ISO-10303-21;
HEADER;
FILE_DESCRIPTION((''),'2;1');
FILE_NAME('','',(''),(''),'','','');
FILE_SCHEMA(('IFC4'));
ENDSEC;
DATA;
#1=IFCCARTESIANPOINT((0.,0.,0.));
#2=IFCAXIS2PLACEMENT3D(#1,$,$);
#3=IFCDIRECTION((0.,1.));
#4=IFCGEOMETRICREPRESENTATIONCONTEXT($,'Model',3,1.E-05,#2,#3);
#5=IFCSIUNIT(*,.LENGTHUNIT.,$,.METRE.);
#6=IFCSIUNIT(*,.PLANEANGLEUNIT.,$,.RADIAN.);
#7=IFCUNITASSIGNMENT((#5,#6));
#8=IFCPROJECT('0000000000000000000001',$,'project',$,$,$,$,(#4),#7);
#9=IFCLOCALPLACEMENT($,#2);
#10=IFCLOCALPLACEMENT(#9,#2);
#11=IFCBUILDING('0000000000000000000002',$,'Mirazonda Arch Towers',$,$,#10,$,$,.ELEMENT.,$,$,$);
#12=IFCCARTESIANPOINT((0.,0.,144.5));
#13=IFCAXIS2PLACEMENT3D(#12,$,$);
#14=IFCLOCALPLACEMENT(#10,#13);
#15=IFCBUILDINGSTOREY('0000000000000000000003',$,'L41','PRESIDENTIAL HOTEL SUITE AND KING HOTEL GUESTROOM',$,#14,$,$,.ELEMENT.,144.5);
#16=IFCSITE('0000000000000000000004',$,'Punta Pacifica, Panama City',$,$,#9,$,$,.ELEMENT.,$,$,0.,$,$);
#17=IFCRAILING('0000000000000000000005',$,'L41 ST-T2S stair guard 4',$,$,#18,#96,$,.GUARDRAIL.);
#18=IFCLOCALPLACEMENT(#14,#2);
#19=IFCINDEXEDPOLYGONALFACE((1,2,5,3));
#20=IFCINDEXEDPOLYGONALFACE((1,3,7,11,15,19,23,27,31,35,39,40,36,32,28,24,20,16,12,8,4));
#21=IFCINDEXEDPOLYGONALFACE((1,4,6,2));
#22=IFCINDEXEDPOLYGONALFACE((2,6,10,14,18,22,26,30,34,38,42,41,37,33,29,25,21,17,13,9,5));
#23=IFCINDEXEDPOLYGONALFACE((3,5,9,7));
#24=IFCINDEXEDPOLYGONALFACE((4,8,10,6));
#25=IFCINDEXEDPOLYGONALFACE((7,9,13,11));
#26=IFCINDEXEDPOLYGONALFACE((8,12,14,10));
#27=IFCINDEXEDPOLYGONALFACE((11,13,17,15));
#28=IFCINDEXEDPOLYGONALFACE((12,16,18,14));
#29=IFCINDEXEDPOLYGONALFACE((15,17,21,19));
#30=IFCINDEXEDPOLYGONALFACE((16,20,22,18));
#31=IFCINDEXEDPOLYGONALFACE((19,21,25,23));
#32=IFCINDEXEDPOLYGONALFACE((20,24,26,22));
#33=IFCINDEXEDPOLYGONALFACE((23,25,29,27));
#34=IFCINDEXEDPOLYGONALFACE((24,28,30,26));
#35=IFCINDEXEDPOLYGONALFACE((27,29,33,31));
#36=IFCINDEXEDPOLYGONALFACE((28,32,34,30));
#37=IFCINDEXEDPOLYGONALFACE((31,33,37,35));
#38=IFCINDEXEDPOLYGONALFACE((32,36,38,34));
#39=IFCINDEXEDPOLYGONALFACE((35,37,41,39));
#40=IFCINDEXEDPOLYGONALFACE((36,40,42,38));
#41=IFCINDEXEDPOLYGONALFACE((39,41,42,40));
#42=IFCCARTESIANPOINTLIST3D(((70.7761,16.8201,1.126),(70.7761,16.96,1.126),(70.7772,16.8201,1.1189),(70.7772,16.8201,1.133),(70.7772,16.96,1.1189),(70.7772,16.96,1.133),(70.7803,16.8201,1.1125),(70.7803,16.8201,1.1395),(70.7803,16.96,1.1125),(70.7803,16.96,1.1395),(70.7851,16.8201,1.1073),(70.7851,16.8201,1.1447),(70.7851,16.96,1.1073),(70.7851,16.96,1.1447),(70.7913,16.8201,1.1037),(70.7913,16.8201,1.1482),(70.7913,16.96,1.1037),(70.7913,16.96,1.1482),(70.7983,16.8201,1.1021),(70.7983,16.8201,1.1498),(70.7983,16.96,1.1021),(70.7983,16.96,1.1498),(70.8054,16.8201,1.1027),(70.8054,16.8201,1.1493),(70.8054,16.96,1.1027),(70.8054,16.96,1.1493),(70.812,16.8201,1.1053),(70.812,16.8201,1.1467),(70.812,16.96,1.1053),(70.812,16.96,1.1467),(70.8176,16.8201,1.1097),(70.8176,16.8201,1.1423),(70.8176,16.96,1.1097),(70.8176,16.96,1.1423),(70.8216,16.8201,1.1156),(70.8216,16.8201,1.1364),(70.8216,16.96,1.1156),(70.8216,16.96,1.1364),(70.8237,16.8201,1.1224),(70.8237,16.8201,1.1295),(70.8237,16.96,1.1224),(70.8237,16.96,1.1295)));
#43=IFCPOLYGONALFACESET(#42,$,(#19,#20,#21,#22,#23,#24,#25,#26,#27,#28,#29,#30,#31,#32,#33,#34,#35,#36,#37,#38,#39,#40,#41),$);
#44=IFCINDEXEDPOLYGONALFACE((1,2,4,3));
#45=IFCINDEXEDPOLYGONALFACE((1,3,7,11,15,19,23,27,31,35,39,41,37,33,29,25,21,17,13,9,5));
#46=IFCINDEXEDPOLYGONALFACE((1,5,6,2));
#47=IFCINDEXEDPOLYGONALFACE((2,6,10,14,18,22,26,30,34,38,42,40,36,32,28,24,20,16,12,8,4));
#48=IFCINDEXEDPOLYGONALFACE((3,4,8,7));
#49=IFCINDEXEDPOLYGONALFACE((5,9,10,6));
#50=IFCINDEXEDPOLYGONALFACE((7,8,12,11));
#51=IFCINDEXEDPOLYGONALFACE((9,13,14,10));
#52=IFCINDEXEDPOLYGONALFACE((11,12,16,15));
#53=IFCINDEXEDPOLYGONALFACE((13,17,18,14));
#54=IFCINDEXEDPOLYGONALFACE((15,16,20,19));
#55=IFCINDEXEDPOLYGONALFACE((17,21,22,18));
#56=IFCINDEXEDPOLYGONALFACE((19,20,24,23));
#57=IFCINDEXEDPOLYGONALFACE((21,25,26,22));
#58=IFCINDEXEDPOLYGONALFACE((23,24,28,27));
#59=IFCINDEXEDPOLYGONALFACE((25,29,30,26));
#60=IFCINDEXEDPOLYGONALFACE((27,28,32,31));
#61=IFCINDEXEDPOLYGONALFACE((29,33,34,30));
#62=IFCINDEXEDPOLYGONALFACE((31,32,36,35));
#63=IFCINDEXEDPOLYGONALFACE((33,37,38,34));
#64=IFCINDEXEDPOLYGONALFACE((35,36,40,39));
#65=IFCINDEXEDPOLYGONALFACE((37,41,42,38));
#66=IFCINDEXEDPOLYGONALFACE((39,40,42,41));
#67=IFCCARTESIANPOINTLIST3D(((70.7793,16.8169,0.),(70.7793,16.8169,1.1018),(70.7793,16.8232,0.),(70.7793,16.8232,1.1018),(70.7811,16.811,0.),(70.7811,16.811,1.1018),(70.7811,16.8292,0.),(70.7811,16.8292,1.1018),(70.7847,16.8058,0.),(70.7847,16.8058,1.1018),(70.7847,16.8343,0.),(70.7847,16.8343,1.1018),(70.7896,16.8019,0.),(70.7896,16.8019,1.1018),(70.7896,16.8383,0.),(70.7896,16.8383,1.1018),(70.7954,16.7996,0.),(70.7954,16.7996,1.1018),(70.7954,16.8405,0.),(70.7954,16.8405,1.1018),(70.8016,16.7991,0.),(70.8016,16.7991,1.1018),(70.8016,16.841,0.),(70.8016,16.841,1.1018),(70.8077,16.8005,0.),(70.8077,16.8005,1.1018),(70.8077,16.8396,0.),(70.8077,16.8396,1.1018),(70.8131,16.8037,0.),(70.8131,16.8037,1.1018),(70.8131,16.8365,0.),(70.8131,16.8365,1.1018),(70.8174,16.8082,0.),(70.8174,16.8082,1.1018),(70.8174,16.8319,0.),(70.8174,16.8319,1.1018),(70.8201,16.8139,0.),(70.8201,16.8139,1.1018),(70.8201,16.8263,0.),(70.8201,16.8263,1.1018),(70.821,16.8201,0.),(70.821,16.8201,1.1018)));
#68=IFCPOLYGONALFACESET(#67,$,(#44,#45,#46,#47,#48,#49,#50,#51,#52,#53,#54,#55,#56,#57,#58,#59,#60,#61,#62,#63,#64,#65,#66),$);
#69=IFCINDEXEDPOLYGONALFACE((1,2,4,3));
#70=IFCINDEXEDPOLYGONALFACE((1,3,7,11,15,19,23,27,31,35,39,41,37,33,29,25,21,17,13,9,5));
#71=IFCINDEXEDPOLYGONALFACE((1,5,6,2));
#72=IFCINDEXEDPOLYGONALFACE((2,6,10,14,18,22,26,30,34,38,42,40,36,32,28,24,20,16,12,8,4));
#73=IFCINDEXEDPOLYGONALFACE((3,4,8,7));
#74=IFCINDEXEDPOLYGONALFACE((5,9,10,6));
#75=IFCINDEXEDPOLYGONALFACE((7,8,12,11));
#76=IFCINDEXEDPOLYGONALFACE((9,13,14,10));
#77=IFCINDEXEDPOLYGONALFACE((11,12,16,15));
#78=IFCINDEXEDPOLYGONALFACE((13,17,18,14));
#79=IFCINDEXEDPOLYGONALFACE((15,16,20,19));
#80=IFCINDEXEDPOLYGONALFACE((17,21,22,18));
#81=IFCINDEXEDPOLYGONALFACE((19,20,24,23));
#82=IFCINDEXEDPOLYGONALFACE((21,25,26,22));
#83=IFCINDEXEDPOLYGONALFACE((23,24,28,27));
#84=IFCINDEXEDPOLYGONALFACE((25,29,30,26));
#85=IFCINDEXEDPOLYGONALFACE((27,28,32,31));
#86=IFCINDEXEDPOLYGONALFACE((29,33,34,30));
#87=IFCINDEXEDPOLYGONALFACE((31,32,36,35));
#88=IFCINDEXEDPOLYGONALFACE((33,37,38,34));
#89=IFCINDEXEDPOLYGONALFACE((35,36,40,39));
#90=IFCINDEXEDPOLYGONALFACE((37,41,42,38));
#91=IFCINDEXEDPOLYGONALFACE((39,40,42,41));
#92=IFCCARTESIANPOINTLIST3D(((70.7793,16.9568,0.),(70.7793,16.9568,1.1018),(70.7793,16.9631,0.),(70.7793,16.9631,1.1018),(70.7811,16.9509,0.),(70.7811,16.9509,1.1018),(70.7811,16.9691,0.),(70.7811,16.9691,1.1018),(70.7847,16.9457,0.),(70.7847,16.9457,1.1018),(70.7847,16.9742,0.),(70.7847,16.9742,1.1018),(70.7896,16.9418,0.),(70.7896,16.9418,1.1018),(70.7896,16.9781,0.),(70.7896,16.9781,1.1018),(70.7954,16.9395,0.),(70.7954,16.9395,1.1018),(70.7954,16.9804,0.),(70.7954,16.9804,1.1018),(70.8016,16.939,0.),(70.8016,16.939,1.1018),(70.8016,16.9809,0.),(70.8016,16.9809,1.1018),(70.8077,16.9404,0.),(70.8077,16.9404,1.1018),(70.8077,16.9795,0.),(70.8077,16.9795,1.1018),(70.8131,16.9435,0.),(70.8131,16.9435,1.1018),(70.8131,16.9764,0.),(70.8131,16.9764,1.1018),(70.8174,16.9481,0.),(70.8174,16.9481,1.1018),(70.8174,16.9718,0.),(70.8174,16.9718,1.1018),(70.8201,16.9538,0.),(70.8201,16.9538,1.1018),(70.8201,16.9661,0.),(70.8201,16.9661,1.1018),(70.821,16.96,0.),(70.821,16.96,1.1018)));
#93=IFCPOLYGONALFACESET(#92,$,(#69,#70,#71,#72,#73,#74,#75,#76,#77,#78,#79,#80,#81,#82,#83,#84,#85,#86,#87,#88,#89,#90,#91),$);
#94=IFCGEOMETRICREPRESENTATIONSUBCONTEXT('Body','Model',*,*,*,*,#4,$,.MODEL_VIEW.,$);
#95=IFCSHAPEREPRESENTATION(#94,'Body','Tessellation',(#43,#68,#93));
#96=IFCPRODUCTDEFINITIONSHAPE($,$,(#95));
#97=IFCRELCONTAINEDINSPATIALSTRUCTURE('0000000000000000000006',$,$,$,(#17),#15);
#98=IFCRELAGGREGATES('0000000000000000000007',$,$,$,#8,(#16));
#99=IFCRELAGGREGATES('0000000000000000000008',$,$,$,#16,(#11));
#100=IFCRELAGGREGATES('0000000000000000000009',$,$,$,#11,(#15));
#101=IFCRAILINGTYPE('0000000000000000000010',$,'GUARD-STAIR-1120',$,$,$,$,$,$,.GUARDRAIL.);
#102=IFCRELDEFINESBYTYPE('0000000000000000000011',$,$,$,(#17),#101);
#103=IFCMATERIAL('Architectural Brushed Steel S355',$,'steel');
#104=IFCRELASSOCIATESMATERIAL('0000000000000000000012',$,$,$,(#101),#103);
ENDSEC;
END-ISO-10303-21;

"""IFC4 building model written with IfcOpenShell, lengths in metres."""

from ifc_helpers import new_model, si_unit, direction, frame, origin, origin_2d, place, context, subcontext, project, spatial, circle, extrude, material, type_object, element, save


model = new_model("IFC4")

# Units and contexts
model_context = context("Model", 3, precision=1e-05, world=origin(), true_north=direction((0.0, 1.0)))
body_context = subcontext(model_context, "Body", "Model", "MODEL_VIEW")
ifc_project = project(units=[si_unit("LENGTHUNIT", "METRE"), si_unit("PLANEANGLEUNIT", "RADIAN")], contexts=[model_context])

# Site, building, storey
site_placement = place(None, origin())
site = spatial("IfcSite", under=ifc_project, at=site_placement, Name="Punta Pacifica, Panama City", CompositionType="ELEMENT", RefElevation=0.0)
building_placement = place(site_placement, origin())
building = spatial("IfcBuilding", under=site, at=building_placement, Name="Mirazonda Arch Towers", CompositionType="ELEMENT")
storey_placement = place(building_placement, frame((0.0, 0.0, 144.5)))
storey = spatial("IfcBuildingStorey", under=building, at=storey_placement, Name="L41", Description="PRESIDENTIAL HOTEL SUITE AND KING HOTEL GUESTROOM", CompositionType="ELEMENT", Elevation=144.5)

# Railing
ifc_material_1 = material(Name="Architectural Brushed Steel S355", Category="steel")
railing_type_1 = type_object("IfcRailingType", Name="GUARD-STAIR-1120", PredefinedType="GUARDRAIL", material=ifc_material_1)
railing_1_placement = place(storey_placement, frame((70.8, 16.8201, 0.0)))
element("IfcRailing", 1, at=railing_1_placement, inside=storey, type_object=railing_type_1, Name="L41 ST-T2S stair guard 4", PredefinedType="GUARDRAIL", context=body_context, shape_type="SweptSolid", body=[
    extrude(circle(Radius=0.0239, at=origin_2d()), frame((0.0, 0.0, 1.126), z_axis=(0.0, 1.0, 0.0), x_axis=(-1.0, 0.0, 0.0)), (0.0, 0.0, 1.0), 0.1399),
    extrude(circle(Radius=0.021, at=origin_2d()), origin(), (0.0, 0.0, 1.0), 1.1018),
    extrude(circle(Radius=0.021, at=origin_2d()), frame((0.0, 0.1399, 0.0)), (0.0, 0.0, 1.0), 1.1018),
])

save(model, "model.ifc")
